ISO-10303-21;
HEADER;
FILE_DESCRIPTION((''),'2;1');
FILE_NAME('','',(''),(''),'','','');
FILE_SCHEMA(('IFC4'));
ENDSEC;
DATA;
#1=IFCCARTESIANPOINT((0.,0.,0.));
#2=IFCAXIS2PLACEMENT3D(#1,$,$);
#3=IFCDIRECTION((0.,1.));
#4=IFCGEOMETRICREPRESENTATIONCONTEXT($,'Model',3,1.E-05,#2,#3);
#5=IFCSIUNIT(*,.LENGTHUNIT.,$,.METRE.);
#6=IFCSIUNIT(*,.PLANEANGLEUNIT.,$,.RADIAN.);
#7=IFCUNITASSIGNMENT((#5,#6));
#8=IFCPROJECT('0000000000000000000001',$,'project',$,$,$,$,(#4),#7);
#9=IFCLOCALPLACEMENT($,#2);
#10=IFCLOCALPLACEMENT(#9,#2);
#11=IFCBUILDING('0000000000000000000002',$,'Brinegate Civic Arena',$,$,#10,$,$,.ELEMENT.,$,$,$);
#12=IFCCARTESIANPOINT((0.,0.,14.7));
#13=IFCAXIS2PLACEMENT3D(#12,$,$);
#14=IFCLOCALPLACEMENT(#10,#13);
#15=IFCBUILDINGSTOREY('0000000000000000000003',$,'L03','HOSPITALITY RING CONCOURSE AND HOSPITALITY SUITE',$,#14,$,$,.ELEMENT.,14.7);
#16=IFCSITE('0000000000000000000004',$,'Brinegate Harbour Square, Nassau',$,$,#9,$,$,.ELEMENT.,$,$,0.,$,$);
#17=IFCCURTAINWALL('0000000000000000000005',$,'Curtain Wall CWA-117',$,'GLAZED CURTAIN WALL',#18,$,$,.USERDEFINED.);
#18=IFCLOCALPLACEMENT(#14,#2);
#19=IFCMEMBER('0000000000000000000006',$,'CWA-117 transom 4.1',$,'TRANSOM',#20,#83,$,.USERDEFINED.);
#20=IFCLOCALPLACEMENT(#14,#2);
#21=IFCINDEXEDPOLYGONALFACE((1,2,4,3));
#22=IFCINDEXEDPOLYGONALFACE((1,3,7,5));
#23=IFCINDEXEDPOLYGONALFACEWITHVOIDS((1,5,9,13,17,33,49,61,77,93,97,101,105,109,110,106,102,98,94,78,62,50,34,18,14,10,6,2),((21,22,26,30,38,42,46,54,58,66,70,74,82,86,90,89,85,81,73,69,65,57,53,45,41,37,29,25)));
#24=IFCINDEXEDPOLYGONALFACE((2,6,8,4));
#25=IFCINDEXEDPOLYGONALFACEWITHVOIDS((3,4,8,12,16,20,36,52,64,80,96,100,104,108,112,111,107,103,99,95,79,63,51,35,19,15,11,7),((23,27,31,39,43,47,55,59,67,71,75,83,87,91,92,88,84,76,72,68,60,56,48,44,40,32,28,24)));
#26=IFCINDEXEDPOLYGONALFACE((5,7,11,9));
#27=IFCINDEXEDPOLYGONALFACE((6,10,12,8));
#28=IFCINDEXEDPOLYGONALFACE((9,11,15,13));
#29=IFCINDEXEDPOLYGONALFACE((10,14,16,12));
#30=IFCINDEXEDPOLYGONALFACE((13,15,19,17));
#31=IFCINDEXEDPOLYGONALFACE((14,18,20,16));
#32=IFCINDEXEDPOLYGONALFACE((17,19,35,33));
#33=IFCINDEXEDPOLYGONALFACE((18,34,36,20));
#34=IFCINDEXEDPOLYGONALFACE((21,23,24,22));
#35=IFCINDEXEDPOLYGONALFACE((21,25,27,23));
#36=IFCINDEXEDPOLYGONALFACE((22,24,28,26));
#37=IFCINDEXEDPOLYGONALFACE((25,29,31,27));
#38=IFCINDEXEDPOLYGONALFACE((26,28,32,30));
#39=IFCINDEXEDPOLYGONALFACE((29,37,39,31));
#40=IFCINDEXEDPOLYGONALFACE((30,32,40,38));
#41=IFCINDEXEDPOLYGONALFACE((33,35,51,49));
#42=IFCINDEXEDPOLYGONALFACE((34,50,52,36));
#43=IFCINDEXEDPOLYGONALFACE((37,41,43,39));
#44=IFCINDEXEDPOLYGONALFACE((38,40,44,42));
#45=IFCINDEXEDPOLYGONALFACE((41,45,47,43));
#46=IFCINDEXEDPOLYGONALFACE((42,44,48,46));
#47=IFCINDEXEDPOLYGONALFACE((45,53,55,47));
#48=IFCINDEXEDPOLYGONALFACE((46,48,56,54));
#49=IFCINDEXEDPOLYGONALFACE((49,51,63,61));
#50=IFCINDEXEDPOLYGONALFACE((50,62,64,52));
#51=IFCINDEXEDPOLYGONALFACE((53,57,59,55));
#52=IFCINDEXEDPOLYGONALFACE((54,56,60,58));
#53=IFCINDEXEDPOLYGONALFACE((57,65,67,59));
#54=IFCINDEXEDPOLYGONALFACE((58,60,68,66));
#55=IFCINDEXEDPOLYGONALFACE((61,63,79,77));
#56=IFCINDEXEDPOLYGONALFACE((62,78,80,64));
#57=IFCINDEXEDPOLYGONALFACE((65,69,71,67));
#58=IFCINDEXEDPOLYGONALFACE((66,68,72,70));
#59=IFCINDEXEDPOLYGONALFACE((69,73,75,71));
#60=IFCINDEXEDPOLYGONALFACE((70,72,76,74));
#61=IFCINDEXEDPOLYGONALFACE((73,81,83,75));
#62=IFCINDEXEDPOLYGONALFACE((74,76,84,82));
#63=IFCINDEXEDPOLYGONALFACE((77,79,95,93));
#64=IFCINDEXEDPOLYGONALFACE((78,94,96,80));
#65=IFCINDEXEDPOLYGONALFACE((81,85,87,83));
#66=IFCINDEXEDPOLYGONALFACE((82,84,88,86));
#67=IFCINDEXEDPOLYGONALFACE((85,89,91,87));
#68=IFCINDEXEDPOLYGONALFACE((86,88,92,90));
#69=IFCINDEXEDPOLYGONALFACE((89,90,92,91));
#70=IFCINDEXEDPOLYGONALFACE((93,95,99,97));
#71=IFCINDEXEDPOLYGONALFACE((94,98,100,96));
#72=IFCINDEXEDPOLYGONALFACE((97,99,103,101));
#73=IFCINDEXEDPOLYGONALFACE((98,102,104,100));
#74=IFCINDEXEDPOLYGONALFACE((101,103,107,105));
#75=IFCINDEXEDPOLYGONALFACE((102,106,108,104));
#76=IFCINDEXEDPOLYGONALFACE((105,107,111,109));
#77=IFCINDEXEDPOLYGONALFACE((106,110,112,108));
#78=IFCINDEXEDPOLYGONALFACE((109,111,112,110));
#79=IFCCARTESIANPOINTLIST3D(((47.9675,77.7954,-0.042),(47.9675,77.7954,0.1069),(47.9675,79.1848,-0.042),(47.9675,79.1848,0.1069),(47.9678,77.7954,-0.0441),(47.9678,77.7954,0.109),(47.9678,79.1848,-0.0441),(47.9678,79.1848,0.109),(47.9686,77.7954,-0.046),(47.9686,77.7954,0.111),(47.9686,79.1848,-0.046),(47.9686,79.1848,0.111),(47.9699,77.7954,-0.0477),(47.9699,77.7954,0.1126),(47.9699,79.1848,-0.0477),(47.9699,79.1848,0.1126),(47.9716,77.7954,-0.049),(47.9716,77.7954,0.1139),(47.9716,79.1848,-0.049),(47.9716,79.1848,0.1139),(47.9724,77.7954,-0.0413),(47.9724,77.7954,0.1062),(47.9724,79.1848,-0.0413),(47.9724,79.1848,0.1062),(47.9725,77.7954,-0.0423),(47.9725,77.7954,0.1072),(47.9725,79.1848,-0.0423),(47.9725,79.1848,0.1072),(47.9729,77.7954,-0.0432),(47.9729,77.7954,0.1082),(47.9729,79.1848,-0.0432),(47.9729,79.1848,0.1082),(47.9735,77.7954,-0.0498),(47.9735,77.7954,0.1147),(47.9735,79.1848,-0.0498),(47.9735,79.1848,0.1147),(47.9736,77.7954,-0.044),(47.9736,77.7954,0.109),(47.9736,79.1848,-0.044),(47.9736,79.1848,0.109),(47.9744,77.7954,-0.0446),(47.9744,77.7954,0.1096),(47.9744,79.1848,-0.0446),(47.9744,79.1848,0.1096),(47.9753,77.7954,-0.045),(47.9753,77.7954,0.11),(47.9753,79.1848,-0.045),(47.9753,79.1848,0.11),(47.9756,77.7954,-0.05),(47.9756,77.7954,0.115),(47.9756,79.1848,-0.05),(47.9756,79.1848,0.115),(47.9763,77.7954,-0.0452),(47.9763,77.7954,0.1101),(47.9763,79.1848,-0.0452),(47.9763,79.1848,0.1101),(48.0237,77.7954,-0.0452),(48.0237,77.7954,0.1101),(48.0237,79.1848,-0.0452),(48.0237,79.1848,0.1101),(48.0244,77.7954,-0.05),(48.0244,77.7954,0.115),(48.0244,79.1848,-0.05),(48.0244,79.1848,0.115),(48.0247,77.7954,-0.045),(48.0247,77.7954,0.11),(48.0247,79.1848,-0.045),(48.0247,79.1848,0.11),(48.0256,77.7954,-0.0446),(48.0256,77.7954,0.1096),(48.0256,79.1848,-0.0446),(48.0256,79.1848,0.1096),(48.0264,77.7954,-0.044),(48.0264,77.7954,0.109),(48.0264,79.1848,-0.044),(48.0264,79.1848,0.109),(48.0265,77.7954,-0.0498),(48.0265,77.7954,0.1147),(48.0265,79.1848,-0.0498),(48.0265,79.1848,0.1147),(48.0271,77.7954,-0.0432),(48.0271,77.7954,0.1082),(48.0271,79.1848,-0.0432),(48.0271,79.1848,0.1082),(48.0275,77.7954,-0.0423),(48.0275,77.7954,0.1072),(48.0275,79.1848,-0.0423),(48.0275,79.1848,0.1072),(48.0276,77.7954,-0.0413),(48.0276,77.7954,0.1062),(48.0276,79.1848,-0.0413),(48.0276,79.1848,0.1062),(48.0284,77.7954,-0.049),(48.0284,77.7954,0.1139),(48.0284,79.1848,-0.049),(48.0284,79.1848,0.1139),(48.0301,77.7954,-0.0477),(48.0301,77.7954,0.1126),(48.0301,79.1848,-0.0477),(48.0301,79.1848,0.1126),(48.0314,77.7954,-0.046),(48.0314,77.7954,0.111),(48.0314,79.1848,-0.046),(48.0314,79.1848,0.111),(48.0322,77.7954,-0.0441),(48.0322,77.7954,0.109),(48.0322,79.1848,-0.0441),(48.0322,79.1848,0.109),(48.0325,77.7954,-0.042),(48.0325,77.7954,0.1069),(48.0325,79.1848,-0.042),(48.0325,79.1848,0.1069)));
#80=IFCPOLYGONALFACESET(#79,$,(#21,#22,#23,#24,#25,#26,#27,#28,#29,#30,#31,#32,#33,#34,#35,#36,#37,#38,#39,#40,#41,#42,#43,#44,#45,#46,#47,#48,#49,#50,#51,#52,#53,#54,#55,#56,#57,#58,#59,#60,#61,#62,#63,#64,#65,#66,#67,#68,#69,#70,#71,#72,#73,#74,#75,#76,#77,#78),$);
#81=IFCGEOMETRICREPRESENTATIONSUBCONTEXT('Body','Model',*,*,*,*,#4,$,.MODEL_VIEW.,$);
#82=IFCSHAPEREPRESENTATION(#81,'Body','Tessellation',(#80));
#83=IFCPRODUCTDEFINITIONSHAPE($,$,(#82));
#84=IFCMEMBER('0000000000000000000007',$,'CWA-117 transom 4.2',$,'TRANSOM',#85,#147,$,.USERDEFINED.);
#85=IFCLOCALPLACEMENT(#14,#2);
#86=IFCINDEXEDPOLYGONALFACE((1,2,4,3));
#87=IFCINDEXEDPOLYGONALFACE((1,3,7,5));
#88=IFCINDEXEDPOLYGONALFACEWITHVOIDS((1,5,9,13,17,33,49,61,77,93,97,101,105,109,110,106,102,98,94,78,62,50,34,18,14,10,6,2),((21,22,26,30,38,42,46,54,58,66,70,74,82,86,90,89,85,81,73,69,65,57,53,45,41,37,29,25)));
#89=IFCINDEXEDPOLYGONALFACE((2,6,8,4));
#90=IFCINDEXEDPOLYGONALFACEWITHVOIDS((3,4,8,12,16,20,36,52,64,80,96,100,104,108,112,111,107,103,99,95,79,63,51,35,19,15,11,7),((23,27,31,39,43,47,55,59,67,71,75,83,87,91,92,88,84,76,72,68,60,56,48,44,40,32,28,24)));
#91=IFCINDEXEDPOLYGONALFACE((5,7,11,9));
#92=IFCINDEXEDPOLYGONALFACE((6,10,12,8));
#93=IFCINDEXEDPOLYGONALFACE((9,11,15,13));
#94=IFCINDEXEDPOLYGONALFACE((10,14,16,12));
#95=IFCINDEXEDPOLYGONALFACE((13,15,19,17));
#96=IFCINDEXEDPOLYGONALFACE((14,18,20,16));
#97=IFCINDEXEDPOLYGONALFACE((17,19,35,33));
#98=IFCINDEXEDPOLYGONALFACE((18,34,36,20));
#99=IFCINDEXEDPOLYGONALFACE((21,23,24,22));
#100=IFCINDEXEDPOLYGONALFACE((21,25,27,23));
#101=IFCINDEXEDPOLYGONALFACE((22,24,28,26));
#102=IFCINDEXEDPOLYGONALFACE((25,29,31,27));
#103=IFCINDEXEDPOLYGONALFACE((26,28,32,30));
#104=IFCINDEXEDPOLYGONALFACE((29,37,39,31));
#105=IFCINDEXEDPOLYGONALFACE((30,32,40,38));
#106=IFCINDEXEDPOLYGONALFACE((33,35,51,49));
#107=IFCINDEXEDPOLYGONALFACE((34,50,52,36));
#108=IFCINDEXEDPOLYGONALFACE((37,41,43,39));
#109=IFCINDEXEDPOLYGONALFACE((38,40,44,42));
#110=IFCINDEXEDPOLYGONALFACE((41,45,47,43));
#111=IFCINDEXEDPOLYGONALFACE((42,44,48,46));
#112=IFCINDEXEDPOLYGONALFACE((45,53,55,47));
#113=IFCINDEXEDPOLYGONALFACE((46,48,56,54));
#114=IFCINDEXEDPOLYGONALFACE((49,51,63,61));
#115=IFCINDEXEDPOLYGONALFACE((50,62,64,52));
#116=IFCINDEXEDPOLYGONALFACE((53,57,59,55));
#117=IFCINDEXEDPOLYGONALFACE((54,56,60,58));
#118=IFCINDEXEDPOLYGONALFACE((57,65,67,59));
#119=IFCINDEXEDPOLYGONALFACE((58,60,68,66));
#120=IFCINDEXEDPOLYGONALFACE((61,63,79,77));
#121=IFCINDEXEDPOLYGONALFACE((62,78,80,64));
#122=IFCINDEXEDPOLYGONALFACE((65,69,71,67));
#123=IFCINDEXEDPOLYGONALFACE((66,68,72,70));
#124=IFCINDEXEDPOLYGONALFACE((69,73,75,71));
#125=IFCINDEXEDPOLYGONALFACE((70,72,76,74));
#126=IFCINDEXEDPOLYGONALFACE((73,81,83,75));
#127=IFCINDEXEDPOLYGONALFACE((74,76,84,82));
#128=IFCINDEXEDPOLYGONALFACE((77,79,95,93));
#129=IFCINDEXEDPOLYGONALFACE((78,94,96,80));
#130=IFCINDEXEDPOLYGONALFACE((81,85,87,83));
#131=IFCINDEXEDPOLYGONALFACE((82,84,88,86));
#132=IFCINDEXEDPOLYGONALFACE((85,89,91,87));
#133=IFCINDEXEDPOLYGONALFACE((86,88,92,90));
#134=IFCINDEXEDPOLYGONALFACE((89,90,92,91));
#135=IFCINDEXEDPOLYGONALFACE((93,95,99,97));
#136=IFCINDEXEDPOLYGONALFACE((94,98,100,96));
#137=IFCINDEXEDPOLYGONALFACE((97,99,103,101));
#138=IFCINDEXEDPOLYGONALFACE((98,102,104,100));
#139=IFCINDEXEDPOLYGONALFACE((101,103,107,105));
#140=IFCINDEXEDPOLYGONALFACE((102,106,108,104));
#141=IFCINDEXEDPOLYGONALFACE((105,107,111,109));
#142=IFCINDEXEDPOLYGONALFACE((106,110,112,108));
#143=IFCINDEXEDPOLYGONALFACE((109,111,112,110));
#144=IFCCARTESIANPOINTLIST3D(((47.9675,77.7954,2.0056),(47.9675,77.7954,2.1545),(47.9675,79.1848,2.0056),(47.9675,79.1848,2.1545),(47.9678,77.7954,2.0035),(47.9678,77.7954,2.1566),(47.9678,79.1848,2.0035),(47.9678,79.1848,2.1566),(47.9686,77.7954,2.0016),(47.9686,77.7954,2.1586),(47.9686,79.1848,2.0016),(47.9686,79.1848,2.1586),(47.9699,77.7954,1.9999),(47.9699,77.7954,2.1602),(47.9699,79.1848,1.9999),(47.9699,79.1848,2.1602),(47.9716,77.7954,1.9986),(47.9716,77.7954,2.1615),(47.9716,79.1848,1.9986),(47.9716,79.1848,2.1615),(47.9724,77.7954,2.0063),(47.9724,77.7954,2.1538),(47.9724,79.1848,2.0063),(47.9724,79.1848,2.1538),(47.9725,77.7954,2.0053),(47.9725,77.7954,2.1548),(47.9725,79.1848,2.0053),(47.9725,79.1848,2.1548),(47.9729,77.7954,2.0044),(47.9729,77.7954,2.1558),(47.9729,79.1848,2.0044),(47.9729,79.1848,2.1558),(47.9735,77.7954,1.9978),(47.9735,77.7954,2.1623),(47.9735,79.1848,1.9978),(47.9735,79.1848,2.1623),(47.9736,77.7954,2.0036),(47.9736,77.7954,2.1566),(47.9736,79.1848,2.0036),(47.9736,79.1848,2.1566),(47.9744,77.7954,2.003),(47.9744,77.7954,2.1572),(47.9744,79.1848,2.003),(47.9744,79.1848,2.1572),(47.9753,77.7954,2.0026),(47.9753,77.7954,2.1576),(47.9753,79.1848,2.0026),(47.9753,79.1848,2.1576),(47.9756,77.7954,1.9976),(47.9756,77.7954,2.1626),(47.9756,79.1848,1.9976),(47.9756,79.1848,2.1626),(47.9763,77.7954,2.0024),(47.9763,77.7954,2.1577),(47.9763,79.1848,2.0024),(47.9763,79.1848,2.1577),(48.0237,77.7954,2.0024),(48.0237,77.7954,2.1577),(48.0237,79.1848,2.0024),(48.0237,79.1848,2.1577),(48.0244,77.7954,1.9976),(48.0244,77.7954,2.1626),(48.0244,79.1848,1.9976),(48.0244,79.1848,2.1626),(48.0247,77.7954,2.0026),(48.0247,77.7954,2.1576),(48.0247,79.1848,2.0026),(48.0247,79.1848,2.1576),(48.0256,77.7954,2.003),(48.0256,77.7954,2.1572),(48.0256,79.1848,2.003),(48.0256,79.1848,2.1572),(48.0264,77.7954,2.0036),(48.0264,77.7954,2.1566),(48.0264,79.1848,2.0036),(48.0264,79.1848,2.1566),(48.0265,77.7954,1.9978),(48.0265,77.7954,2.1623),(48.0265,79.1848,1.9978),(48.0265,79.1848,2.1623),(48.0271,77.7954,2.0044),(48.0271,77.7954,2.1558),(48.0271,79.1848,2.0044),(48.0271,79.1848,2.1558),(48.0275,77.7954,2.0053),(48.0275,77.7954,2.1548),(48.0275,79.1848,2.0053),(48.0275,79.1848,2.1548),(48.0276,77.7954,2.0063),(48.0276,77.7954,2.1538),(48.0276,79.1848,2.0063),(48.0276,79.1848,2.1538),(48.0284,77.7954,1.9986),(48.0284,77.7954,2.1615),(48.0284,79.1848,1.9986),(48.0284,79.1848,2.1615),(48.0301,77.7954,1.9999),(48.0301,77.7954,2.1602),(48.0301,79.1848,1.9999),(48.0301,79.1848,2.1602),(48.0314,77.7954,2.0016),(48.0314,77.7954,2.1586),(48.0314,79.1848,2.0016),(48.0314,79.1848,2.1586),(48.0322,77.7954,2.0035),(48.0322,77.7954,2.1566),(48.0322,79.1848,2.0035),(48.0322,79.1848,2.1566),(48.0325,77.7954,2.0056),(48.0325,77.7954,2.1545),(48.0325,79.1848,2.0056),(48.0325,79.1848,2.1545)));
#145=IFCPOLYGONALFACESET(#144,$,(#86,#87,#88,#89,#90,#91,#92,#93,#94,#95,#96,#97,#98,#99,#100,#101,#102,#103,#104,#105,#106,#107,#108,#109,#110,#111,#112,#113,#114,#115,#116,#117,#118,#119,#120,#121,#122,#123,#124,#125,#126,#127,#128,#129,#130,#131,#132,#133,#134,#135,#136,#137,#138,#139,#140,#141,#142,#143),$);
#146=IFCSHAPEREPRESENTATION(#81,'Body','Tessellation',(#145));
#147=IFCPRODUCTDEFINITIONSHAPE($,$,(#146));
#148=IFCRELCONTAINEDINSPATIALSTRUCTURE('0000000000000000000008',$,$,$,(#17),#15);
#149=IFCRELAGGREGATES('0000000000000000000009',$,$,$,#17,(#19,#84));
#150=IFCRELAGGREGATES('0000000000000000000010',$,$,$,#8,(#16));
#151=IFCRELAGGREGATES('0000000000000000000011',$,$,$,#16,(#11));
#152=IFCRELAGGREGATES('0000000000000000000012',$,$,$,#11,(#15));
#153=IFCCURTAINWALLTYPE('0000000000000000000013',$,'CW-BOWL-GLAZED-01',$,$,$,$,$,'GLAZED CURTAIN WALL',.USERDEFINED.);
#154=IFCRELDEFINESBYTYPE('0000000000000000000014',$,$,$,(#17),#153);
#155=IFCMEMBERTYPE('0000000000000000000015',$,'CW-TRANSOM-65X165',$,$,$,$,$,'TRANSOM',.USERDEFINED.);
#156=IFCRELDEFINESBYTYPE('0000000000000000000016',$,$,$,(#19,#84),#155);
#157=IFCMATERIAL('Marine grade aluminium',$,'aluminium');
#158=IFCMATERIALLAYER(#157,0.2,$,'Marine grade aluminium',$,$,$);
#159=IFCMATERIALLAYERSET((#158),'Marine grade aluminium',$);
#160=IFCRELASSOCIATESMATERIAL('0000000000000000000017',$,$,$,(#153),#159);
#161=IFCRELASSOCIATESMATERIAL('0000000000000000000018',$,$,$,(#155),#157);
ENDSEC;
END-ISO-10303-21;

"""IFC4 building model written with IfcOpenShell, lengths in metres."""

from ifc_helpers import new_model, si_unit, direction, frame, origin, origin_2d, place, context, subcontext, project, spatial, hollow_rectangle, extrude, material, layer, layer_set, material_profile, profile_set, type_object, element, aggregate, save


model = new_model("IFC4")

# Units and contexts
model_context = context("Model", 3, precision=1e-05, world=origin(), true_north=direction((0.0, 1.0)))
body_context = subcontext(model_context, "Body", "Model", "MODEL_VIEW")
ifc_project = project(units=[si_unit("LENGTHUNIT", "METRE"), si_unit("PLANEANGLEUNIT", "RADIAN")], contexts=[model_context])

# Site, building, storey
site_placement = place(None, origin())
site = spatial("IfcSite", under=ifc_project, at=site_placement, Name="Brinegate Harbour Square, Nassau", CompositionType="ELEMENT", RefElevation=0.0)
building_placement = place(site_placement, origin())
building = spatial("IfcBuilding", under=site, at=building_placement, Name="Brinegate Civic Arena", CompositionType="ELEMENT")
storey_placement = place(building_placement, frame((0.0, 0.0, 14.7)))
storey = spatial("IfcBuildingStorey", under=building, at=storey_placement, Name="L03", Description="HOSPITALITY RING CONCOURSE AND HOSPITALITY SUITE", CompositionType="ELEMENT", Elevation=14.7)

# Curtain wall
ifc_material_1 = material(Name="Marine grade aluminium", Category="aluminium")
ifc_layer_1 = layer(ifc_material_1, 0.2, Name="Marine grade aluminium")
ifc_layer_set_1 = layer_set([ifc_layer_1], Name="Marine grade aluminium")
curtain_wall_type = type_object("IfcCurtainWallType", Name="CW-BOWL-GLAZED-01", ElementType="GLAZED CURTAIN WALL", PredefinedType="USERDEFINED", material=ifc_layer_set_1)
curtain_wall_1_placement = place(storey_placement, origin())
curtain_wall_1 = element("IfcCurtainWall", 1, at=curtain_wall_1_placement, inside=storey, type_object=curtain_wall_type, Name="Curtain Wall CWA-117", ObjectType="GLAZED CURTAIN WALL", PredefinedType="USERDEFINED")

# Members
ifc_material_profile_1 = material_profile(ifc_material_1, hollow_rectangle(XDim=0.0649, YDim=0.165, WallThickness=0.0049, InnerFilletRadius=0.0039, OuterFilletRadius=0.0081, at=origin_2d()), Name="TRN65X165")
ifc_profile_set_1 = profile_set([ifc_material_profile_1], Name="Marine grade aluminium")
member_type_1 = type_object("IfcMemberType", Name="CW-TRANSOM-65X165", ElementType="TRANSOM", PredefinedType="USERDEFINED", material=ifc_profile_set_1)
member_1_placement = place(storey_placement, frame((48.0, 77.7954, 0.0325), z_axis=(0.0, 1.0, 0.0), x_axis=(-1.0, 0.0, 0.0)))
member_1 = element("IfcMember", 2, at=member_1_placement, type_object=member_type_1, Name="CWA-117 transom 4.1", ObjectType="TRANSOM", PredefinedType="USERDEFINED", context=body_context, shape_type="SweptSolid", body=[
    extrude(hollow_rectangle(XDim=0.0649, YDim=0.165, WallThickness=0.0049, InnerFilletRadius=0.0039, OuterFilletRadius=0.0081, at=origin_2d()), origin(), (0.0, 0.0, 1.0), 1.3894),
])
member_2_placement = place(storey_placement, frame((48.0, 77.7954, 2.0801), z_axis=(0.0, 1.0, 0.0), x_axis=(-1.0, 0.0, 0.0)))
member_2 = element("IfcMember", 3, at=member_2_placement, type_object=member_type_1, Name="CWA-117 transom 4.2", ObjectType="TRANSOM", PredefinedType="USERDEFINED", context=body_context, shape_type="SweptSolid", body=[
    extrude(hollow_rectangle(XDim=0.0649, YDim=0.165, WallThickness=0.0049, InnerFilletRadius=0.0039, OuterFilletRadius=0.0081, at=origin_2d()), origin(), (0.0, 0.0, 1.0), 1.3894),
])

aggregate(curtain_wall_1, [member_1, member_2])

save(model, "model.ifc")
